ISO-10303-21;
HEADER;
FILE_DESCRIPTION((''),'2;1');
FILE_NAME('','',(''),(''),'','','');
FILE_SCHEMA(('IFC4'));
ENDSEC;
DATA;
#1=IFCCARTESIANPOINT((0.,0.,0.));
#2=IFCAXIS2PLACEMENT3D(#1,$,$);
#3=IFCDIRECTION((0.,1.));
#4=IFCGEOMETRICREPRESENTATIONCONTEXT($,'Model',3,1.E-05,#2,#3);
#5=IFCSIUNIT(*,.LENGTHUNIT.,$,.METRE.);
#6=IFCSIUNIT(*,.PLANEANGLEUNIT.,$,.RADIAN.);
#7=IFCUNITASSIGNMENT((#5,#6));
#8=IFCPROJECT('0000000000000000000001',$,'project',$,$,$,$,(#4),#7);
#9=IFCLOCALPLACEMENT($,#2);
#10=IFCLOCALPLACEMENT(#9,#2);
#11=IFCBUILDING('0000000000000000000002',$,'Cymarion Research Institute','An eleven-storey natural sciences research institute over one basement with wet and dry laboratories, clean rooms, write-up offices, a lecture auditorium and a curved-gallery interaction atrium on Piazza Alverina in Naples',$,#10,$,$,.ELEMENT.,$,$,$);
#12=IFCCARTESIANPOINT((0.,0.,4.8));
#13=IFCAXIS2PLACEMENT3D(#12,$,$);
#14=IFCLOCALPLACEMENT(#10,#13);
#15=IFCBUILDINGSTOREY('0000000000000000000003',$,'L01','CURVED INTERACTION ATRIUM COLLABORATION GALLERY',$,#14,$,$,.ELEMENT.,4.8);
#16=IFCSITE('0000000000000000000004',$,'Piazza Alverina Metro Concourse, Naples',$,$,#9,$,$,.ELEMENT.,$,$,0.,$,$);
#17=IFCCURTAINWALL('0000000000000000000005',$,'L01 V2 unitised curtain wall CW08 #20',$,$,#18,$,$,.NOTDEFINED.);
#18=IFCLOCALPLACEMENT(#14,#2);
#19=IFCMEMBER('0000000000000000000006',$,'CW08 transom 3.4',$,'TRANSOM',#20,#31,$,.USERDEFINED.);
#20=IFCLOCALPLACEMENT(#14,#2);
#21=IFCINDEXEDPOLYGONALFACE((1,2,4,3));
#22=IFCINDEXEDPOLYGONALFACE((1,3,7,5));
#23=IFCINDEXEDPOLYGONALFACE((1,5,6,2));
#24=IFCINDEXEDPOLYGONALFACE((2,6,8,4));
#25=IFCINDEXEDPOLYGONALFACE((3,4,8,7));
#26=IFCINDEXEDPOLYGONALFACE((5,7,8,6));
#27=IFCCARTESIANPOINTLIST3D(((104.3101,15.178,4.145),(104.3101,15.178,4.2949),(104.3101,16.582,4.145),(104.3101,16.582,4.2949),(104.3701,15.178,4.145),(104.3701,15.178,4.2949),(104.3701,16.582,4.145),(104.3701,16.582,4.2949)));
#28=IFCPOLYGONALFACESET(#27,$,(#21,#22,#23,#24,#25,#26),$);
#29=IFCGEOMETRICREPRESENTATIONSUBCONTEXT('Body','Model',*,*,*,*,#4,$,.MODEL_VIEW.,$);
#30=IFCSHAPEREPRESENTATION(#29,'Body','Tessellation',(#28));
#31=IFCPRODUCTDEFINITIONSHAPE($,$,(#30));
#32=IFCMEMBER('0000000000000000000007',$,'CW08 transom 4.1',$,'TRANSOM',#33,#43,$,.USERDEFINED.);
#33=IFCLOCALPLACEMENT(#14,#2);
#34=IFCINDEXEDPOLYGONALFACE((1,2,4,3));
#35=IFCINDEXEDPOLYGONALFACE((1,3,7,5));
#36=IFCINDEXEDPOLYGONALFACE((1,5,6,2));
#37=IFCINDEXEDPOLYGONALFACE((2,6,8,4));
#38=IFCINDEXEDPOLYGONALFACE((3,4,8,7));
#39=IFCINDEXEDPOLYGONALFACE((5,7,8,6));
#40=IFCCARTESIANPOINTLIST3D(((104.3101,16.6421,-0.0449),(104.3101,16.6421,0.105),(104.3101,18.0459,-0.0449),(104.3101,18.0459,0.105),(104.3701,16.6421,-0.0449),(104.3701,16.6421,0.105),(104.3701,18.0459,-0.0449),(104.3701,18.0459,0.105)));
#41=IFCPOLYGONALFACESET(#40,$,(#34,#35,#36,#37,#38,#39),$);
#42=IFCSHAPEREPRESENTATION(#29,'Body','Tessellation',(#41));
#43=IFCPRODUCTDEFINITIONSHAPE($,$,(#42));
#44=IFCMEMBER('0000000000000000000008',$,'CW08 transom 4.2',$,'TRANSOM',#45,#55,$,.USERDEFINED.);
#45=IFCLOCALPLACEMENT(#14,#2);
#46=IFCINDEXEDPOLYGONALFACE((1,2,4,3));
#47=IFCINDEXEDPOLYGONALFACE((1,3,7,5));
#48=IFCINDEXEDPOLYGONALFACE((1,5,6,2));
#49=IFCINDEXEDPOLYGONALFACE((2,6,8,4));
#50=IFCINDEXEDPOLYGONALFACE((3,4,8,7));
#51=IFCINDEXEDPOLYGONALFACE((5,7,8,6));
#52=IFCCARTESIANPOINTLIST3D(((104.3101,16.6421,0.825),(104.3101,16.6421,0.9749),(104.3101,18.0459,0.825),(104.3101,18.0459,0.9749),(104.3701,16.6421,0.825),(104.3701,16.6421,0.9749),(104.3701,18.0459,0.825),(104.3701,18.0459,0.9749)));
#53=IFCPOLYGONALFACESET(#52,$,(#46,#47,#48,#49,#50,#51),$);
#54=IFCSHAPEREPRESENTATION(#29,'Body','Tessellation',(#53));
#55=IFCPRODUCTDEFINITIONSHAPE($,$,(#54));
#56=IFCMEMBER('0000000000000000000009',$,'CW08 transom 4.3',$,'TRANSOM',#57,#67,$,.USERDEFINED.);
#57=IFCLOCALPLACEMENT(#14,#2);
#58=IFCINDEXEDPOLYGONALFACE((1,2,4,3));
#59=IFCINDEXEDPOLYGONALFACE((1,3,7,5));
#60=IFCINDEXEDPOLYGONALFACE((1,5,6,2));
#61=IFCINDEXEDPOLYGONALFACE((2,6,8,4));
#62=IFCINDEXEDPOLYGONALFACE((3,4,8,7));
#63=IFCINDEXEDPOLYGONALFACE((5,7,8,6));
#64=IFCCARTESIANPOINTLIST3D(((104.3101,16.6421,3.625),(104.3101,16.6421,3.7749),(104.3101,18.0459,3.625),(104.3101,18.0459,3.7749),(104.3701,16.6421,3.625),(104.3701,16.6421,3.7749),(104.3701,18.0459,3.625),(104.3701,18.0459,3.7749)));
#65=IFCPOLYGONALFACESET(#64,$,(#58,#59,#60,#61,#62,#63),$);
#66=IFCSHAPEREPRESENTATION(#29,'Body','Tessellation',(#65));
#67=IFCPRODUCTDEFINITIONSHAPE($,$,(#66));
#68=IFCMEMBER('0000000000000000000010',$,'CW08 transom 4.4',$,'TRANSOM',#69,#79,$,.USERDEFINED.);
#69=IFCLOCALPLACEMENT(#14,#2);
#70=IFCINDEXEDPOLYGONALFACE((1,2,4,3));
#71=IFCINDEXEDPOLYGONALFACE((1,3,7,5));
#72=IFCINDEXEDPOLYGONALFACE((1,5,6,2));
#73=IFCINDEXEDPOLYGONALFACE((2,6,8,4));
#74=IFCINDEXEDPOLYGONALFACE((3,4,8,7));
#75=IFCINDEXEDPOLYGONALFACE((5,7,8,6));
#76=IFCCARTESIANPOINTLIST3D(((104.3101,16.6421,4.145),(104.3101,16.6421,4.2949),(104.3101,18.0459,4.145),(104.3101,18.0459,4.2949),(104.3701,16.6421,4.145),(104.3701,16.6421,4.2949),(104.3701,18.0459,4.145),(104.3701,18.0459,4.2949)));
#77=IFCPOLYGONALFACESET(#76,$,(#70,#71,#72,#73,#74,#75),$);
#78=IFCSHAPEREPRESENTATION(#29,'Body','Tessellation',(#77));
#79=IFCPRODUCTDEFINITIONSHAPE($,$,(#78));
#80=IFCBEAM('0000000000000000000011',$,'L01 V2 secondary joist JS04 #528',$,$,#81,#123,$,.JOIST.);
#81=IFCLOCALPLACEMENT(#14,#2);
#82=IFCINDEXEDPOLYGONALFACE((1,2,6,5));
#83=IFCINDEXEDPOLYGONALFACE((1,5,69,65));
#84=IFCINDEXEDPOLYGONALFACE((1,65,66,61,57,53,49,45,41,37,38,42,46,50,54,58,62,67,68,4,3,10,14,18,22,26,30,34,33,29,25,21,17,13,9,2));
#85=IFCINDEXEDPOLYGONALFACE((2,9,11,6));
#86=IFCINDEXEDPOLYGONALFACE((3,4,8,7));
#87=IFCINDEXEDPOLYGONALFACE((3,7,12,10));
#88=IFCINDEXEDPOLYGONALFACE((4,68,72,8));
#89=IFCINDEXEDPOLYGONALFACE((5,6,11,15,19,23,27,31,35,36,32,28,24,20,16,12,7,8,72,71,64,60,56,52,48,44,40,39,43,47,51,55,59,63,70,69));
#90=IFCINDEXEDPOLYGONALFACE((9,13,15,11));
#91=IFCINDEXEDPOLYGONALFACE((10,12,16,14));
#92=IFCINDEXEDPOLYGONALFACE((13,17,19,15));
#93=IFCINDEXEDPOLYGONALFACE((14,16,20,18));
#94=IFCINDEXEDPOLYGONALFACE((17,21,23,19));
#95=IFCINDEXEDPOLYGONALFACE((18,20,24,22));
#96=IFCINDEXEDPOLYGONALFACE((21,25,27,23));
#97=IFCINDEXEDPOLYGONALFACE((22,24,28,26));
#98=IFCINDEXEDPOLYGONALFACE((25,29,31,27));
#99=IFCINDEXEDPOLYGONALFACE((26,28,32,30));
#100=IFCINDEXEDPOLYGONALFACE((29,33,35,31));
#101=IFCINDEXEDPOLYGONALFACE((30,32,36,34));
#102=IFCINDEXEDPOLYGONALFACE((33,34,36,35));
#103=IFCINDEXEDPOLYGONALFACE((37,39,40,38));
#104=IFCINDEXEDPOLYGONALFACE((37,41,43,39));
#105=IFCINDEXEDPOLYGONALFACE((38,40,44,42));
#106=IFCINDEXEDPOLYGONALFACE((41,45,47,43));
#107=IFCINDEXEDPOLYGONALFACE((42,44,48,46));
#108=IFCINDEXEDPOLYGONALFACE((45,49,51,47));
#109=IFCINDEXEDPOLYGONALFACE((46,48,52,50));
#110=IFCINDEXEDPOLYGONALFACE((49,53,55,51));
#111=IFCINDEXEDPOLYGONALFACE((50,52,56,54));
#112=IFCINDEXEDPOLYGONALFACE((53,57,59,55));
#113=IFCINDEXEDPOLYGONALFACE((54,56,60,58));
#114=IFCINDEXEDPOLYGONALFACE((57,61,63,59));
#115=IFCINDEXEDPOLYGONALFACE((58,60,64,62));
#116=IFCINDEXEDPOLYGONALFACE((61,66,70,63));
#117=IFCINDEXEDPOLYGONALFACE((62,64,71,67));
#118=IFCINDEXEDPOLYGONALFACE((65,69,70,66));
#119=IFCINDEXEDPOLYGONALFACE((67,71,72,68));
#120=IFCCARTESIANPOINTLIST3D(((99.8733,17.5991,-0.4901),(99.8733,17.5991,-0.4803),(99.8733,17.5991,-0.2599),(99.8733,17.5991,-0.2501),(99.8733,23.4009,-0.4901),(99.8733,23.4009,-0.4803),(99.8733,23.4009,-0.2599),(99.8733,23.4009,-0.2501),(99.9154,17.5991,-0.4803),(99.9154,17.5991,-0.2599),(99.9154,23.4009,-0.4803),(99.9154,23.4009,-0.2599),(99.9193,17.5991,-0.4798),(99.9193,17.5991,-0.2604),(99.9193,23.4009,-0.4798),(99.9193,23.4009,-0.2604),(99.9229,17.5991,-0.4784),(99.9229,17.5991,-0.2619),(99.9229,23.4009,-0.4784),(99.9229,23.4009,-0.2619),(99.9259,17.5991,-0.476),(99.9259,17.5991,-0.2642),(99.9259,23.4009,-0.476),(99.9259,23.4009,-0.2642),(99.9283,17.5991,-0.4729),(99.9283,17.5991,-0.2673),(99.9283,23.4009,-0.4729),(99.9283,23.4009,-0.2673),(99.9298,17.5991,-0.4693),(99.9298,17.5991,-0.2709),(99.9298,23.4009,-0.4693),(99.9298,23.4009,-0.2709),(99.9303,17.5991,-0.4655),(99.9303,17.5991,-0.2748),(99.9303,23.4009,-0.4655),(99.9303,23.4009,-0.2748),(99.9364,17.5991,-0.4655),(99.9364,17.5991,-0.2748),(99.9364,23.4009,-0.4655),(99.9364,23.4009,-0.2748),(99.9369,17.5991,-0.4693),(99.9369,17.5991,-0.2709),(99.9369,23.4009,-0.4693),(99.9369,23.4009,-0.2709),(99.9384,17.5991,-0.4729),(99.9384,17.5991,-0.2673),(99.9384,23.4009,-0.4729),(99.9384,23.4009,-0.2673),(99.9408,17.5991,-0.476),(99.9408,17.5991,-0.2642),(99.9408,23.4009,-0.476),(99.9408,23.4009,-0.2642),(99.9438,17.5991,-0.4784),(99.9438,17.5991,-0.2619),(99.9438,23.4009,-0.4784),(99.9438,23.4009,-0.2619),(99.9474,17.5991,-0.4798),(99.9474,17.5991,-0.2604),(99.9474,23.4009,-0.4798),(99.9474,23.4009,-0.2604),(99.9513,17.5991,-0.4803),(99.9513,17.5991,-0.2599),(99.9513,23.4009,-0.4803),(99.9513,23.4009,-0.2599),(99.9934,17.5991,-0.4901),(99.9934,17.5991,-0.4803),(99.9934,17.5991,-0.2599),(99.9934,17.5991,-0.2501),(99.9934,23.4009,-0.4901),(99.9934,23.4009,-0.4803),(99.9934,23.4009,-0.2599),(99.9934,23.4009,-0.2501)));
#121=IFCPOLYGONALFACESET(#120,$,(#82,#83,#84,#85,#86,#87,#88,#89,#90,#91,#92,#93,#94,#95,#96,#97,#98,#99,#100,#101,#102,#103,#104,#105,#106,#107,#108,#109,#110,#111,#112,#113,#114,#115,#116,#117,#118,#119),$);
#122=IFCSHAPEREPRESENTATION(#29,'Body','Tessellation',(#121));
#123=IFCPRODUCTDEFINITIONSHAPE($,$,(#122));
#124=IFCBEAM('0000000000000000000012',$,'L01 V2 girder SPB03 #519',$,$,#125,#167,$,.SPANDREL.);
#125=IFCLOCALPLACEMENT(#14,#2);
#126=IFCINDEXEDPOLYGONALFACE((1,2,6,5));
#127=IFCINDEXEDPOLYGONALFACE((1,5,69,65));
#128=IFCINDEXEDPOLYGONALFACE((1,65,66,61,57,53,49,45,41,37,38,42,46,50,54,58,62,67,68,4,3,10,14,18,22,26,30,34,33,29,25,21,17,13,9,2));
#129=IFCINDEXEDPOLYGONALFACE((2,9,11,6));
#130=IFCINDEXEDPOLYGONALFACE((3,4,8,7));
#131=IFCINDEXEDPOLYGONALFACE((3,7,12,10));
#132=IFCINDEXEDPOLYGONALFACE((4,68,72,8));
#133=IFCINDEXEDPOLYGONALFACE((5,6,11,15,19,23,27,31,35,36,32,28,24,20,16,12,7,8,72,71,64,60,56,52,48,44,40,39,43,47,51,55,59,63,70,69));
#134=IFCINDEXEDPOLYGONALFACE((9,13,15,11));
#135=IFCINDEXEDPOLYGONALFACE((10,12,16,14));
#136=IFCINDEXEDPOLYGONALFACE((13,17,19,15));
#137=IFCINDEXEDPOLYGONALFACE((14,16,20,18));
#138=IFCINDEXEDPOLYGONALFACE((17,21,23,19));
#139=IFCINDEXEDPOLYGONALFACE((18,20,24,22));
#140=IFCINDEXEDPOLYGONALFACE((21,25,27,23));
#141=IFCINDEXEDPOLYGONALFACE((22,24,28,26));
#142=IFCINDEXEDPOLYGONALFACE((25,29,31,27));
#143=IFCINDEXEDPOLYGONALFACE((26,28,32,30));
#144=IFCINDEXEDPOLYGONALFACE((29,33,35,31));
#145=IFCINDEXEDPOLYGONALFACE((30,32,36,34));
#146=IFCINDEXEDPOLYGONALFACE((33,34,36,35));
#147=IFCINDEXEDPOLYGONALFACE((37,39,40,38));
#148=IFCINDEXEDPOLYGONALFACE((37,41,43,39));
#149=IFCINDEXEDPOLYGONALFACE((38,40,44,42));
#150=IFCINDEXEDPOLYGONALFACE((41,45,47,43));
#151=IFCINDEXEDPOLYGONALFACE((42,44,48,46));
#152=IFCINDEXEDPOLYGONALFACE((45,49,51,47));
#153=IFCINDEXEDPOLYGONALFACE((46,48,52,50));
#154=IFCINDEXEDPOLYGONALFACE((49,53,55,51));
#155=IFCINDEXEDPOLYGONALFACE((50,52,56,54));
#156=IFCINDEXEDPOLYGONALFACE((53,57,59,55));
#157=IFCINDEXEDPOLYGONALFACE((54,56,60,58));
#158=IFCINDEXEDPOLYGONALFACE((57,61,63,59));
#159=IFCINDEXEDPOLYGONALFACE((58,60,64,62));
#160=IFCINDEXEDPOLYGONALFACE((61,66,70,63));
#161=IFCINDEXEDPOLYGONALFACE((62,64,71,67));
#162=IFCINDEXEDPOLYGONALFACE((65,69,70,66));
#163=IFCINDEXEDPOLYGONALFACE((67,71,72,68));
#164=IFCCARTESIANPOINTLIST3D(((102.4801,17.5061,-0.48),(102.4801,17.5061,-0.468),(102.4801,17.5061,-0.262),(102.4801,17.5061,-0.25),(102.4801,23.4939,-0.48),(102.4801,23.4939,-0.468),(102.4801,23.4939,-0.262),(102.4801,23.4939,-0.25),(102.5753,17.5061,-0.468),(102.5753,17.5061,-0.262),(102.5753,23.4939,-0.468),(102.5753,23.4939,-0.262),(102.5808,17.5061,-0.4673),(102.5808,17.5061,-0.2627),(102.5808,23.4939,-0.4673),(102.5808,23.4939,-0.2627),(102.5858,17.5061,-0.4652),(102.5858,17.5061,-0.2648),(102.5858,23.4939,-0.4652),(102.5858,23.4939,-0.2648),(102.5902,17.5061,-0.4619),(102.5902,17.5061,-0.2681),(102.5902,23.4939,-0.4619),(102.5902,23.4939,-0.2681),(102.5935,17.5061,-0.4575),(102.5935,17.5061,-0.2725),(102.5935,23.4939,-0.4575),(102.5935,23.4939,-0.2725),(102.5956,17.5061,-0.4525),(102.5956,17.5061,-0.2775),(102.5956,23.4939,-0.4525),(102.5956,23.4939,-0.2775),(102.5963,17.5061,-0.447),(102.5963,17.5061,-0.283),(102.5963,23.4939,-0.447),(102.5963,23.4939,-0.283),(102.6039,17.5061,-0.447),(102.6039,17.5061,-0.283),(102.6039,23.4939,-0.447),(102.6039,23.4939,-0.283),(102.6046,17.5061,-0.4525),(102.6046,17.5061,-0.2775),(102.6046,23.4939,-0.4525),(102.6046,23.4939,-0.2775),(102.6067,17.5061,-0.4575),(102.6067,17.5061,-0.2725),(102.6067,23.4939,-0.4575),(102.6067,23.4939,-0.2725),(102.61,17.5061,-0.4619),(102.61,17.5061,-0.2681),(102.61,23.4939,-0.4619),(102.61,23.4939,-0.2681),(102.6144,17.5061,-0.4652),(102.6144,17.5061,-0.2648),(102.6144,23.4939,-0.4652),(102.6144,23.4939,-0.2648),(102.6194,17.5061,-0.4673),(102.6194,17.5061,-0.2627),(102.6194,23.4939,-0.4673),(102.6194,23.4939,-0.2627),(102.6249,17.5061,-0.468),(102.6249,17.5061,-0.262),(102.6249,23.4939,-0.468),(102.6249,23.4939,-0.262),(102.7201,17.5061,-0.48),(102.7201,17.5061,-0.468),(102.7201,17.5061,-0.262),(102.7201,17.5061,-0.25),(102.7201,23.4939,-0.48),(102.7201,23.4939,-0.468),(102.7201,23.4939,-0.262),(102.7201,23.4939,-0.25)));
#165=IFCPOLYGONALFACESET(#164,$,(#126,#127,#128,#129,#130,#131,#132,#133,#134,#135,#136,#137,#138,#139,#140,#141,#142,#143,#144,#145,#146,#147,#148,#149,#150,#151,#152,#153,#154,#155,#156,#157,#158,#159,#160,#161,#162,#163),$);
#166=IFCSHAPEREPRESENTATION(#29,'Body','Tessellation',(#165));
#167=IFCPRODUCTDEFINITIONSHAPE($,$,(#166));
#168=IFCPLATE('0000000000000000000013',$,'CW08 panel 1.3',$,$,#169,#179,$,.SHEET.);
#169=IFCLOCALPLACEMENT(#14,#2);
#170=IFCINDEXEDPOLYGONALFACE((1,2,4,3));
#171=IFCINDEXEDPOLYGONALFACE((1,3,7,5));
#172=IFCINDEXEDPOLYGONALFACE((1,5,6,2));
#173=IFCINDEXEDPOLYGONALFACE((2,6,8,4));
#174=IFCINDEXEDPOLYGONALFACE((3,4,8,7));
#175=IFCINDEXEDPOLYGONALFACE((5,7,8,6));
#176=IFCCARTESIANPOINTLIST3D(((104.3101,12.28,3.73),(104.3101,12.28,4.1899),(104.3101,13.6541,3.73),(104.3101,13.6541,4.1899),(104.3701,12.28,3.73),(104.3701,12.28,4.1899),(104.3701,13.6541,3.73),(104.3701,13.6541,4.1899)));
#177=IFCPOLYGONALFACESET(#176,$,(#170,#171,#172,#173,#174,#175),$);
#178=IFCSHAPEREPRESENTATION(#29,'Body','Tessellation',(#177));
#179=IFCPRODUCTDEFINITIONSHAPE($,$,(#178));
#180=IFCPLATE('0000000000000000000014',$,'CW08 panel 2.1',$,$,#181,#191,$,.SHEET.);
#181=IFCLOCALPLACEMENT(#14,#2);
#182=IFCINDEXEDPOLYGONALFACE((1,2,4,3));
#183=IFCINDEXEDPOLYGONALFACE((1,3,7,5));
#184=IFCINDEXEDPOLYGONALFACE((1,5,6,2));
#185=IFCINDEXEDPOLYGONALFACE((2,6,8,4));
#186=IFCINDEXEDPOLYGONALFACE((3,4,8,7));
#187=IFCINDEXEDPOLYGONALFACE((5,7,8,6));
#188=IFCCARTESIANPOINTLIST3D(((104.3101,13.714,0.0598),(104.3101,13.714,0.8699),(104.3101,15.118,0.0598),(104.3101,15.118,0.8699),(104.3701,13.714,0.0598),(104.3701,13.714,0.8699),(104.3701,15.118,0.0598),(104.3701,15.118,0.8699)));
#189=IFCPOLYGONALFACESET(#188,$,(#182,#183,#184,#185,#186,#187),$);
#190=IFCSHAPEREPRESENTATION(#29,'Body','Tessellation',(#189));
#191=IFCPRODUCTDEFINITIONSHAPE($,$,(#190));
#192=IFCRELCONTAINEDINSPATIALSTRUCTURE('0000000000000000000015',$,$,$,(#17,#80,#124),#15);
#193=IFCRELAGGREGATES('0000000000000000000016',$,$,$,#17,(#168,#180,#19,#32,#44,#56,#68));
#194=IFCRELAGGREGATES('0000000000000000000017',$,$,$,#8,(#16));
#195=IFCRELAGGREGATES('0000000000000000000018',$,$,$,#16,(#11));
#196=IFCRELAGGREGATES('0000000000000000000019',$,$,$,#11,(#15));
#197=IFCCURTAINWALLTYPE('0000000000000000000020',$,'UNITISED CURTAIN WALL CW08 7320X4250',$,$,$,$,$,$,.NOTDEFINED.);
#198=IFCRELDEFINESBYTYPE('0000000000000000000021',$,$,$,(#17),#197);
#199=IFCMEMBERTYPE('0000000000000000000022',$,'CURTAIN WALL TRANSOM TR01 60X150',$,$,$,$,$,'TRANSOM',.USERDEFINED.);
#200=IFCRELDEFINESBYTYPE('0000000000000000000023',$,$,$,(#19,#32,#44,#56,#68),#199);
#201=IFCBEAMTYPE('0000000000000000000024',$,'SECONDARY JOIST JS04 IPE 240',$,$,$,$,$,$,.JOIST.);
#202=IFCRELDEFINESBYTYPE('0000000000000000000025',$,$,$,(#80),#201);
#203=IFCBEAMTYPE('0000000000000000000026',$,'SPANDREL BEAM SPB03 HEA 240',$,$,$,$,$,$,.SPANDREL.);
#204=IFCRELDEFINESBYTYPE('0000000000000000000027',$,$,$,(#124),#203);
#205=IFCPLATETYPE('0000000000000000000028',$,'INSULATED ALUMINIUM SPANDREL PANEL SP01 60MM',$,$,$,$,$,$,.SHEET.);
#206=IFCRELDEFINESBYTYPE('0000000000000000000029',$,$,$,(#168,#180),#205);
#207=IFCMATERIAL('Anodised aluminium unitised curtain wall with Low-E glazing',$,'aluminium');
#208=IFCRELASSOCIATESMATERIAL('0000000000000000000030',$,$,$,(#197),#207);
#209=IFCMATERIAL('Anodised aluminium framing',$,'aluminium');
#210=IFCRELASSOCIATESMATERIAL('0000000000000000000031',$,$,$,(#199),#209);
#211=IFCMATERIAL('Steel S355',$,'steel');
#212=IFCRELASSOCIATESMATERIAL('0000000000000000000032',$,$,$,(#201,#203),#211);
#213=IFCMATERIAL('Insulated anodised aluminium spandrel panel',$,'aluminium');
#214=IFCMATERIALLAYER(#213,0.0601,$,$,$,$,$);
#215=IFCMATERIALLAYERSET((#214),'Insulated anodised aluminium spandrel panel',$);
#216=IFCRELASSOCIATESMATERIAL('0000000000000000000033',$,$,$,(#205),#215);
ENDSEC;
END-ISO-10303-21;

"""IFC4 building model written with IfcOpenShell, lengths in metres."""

from ifc_helpers import new_model, si_unit, direction, frame, origin, origin_2d, place, context, subcontext, project, spatial, rectangle, i_section, extrude, material, layer, layer_set, material_profile, profile_set, type_object, element, aggregate, save


model = new_model("IFC4")

# Units and contexts
model_context = context("Model", 3, precision=1e-05, world=origin(), true_north=direction((0.0, 1.0)))
body_context = subcontext(model_context, "Body", "Model", "MODEL_VIEW")
ifc_project = project(units=[si_unit("LENGTHUNIT", "METRE"), si_unit("PLANEANGLEUNIT", "RADIAN")], contexts=[model_context])

# Site, building, storey
site_placement = place(None, origin())
site = spatial("IfcSite", under=ifc_project, at=site_placement, Name="Piazza Alverina Metro Concourse, Naples", CompositionType="ELEMENT", RefElevation=0.0)
building_placement = place(site_placement, origin())
building = spatial("IfcBuilding", under=site, at=building_placement, Name="Cymarion Research Institute", Description="An eleven-storey natural sciences research institute over one basement with wet and dry laboratories, clean rooms, write-up offices, a lecture auditorium and a curved-gallery interaction atrium on Piazza Alverina in Naples", CompositionType="ELEMENT")
storey_placement = place(building_placement, frame((0.0, 0.0, 4.8)))
storey = spatial("IfcBuildingStorey", under=building, at=storey_placement, Name="L01", Description="CURVED INTERACTION ATRIUM COLLABORATION GALLERY", CompositionType="ELEMENT", Elevation=4.8)

# Shared definitions
ifc_material_1 = material(Name="Steel S355", Category="steel")

# Curtain wall, members
ifc_material_2 = material(Name="Anodised aluminium unitised curtain wall with Low-E glazing", Category="aluminium")
curtain_wall_type = type_object("IfcCurtainWallType", Name="UNITISED CURTAIN WALL CW08 7320X4250", PredefinedType="NOTDEFINED", material=ifc_material_2)
curtain_wall_placement = place(storey_placement, origin())
curtain_wall = element("IfcCurtainWall", 1, at=curtain_wall_placement, inside=storey, type_object=curtain_wall_type, Name="L01 V2 unitised curtain wall CW08 #20", PredefinedType="NOTDEFINED")
ifc_material_3 = material(Name="Anodised aluminium framing", Category="aluminium")
ifc_material_profile_1 = material_profile(ifc_material_3, rectangle(XDim=0.0601, YDim=0.1499, at=origin_2d()), Name="ALU TRANSOM 60x150")
ifc_profile_set_1 = profile_set([ifc_material_profile_1], Name="Anodised aluminium framing")
member_type_1 = type_object("IfcMemberType", Name="CURTAIN WALL TRANSOM TR01 60X150", ElementType="TRANSOM", PredefinedType="USERDEFINED", material=ifc_profile_set_1)
member_1_placement = place(storey_placement, frame((104.3401, 15.178, 4.22), z_axis=(0.0, 1.0, 0.0), x_axis=(-1.0, 0.0, 0.0)))
member_1 = element("IfcMember", 2, at=member_1_placement, type_object=member_type_1, Name="CW08 transom 3.4", ObjectType="TRANSOM", PredefinedType="USERDEFINED", context=body_context, shape_type="SweptSolid", body=[
    extrude(rectangle(XDim=0.0601, YDim=0.1499, at=origin_2d()), origin(), (0.0, 0.0, 1.0), 1.4041),
])
member_2_placement = place(storey_placement, frame((104.3401, 16.6421, 0.03), z_axis=(0.0, 1.0, 0.0), x_axis=(-1.0, 0.0, 0.0)))
member_2 = element("IfcMember", 3, at=member_2_placement, type_object=member_type_1, Name="CW08 transom 4.1", ObjectType="TRANSOM", PredefinedType="USERDEFINED", context=body_context, shape_type="SweptSolid", body=[
    extrude(rectangle(XDim=0.0601, YDim=0.1499, at=origin_2d()), origin(), (0.0, 0.0, 1.0), 1.4038),
])
member_3_placement = place(storey_placement, frame((104.3401, 16.6421, 0.8999), z_axis=(0.0, 1.0, 0.0), x_axis=(-1.0, 0.0, 0.0)))
member_3 = element("IfcMember", 4, at=member_3_placement, type_object=member_type_1, Name="CW08 transom 4.2", ObjectType="TRANSOM", PredefinedType="USERDEFINED", context=body_context, shape_type="SweptSolid", body=[
    extrude(rectangle(XDim=0.0601, YDim=0.1499, at=origin_2d()), origin(), (0.0, 0.0, 1.0), 1.4038),
])
member_4_placement = place(storey_placement, frame((104.3401, 16.6421, 3.7), z_axis=(0.0, 1.0, 0.0), x_axis=(-1.0, 0.0, 0.0)))
member_4 = element("IfcMember", 5, at=member_4_placement, type_object=member_type_1, Name="CW08 transom 4.3", ObjectType="TRANSOM", PredefinedType="USERDEFINED", context=body_context, shape_type="SweptSolid", body=[
    extrude(rectangle(XDim=0.0601, YDim=0.1499, at=origin_2d()), origin(), (0.0, 0.0, 1.0), 1.4038),
])
member_5_placement = place(storey_placement, frame((104.3401, 16.6421, 4.22), z_axis=(0.0, 1.0, 0.0), x_axis=(-1.0, 0.0, 0.0)))
member_5 = element("IfcMember", 6, at=member_5_placement, type_object=member_type_1, Name="CW08 transom 4.4", ObjectType="TRANSOM", PredefinedType="USERDEFINED", context=body_context, shape_type="SweptSolid", body=[
    extrude(rectangle(XDim=0.0601, YDim=0.1499, at=origin_2d()), origin(), (0.0, 0.0, 1.0), 1.4038),
])

# Beams
ifc_material_profile_2 = material_profile(ifc_material_1, i_section(OverallWidth=0.1201, OverallDepth=0.24, WebThickness=0.0061, FlangeThickness=0.0098, FilletRadius=0.0149, at=origin_2d()), Name="IPE 240")
ifc_profile_set_2 = profile_set([ifc_material_profile_2], Name="Steel S355")
beam_type_1 = type_object("IfcBeamType", Name="SECONDARY JOIST JS04 IPE 240", PredefinedType="JOIST", material=ifc_profile_set_2)
beam_1_placement = place(storey_placement, frame((99.9333, 17.5991, -0.3701), z_axis=(0.0, 1.0, 0.0), x_axis=(-1.0, 0.0, 0.0)))
element("IfcBeam", 7, at=beam_1_placement, inside=storey, type_object=beam_type_1, Name="L01 V2 secondary joist JS04 #528", PredefinedType="JOIST", context=body_context, shape_type="SweptSolid", body=[
    extrude(i_section(OverallWidth=0.1201, OverallDepth=0.24, WebThickness=0.0061, FlangeThickness=0.0098, FilletRadius=0.0149, at=origin_2d()), origin(), (0.0, 0.0, 1.0), 5.8018),
])
ifc_material_profile_3 = material_profile(ifc_material_1, i_section(OverallWidth=0.24, OverallDepth=0.23, WebThickness=0.0076, FlangeThickness=0.012, FilletRadius=0.021, at=origin_2d()), Name="HEA 240")
ifc_profile_set_3 = profile_set([ifc_material_profile_3], Name="Steel S355")
beam_type_2 = type_object("IfcBeamType", Name="SPANDREL BEAM SPB03 HEA 240", PredefinedType="SPANDREL", material=ifc_profile_set_3)
beam_2_placement = place(storey_placement, frame((102.6001, 17.5061, -0.365), z_axis=(0.0, 1.0, 0.0), x_axis=(-1.0, 0.0, 0.0)))
element("IfcBeam", 8, at=beam_2_placement, inside=storey, type_object=beam_type_2, Name="L01 V2 girder SPB03 #519", PredefinedType="SPANDREL", context=body_context, shape_type="SweptSolid", body=[
    extrude(i_section(OverallWidth=0.24, OverallDepth=0.23, WebThickness=0.0076, FlangeThickness=0.012, FilletRadius=0.021, at=origin_2d()), origin(), (0.0, 0.0, 1.0), 5.9878),
])

# Plates
ifc_material_4 = material(Name="Insulated anodised aluminium spandrel panel", Category="aluminium")
ifc_layer_1 = layer(ifc_material_4, 0.0601)
ifc_layer_set_1 = layer_set([ifc_layer_1], Name="Insulated anodised aluminium spandrel panel")
plate_type_1 = type_object("IfcPlateType", Name="INSULATED ALUMINIUM SPANDREL PANEL SP01 60MM", PredefinedType="SHEET", material=ifc_layer_set_1)
plate_1_placement = place(storey_placement, frame((104.3401, 12.967, 3.73), z_axis=(0.0, 0.0, 1.0), x_axis=(0.0, 1.0, 0.0)))
plate_1 = element("IfcPlate", 9, at=plate_1_placement, type_object=plate_type_1, Name="CW08 panel 1.3", PredefinedType="SHEET", context=body_context, shape_type="SweptSolid", body=[
    extrude(rectangle(XDim=1.374, YDim=0.0601, at=origin_2d()), origin(), (0.0, 0.0, 1.0), 0.46),
])
plate_2_placement = place(storey_placement, frame((104.3401, 14.416, 0.0598), z_axis=(0.0, 0.0, 1.0), x_axis=(0.0, 1.0, 0.0)))
plate_2 = element("IfcPlate", 10, at=plate_2_placement, type_object=plate_type_1, Name="CW08 panel 2.1", PredefinedType="SHEET", context=body_context, shape_type="SweptSolid", body=[
    extrude(rectangle(XDim=1.4041, YDim=0.0601, at=origin_2d()), origin(), (0.0, 0.0, 1.0), 0.8101),
])
aggregate(curtain_wall, [plate_1, plate_2, member_1, member_2, member_3, member_4, member_5])

save(model, "model.ifc")
